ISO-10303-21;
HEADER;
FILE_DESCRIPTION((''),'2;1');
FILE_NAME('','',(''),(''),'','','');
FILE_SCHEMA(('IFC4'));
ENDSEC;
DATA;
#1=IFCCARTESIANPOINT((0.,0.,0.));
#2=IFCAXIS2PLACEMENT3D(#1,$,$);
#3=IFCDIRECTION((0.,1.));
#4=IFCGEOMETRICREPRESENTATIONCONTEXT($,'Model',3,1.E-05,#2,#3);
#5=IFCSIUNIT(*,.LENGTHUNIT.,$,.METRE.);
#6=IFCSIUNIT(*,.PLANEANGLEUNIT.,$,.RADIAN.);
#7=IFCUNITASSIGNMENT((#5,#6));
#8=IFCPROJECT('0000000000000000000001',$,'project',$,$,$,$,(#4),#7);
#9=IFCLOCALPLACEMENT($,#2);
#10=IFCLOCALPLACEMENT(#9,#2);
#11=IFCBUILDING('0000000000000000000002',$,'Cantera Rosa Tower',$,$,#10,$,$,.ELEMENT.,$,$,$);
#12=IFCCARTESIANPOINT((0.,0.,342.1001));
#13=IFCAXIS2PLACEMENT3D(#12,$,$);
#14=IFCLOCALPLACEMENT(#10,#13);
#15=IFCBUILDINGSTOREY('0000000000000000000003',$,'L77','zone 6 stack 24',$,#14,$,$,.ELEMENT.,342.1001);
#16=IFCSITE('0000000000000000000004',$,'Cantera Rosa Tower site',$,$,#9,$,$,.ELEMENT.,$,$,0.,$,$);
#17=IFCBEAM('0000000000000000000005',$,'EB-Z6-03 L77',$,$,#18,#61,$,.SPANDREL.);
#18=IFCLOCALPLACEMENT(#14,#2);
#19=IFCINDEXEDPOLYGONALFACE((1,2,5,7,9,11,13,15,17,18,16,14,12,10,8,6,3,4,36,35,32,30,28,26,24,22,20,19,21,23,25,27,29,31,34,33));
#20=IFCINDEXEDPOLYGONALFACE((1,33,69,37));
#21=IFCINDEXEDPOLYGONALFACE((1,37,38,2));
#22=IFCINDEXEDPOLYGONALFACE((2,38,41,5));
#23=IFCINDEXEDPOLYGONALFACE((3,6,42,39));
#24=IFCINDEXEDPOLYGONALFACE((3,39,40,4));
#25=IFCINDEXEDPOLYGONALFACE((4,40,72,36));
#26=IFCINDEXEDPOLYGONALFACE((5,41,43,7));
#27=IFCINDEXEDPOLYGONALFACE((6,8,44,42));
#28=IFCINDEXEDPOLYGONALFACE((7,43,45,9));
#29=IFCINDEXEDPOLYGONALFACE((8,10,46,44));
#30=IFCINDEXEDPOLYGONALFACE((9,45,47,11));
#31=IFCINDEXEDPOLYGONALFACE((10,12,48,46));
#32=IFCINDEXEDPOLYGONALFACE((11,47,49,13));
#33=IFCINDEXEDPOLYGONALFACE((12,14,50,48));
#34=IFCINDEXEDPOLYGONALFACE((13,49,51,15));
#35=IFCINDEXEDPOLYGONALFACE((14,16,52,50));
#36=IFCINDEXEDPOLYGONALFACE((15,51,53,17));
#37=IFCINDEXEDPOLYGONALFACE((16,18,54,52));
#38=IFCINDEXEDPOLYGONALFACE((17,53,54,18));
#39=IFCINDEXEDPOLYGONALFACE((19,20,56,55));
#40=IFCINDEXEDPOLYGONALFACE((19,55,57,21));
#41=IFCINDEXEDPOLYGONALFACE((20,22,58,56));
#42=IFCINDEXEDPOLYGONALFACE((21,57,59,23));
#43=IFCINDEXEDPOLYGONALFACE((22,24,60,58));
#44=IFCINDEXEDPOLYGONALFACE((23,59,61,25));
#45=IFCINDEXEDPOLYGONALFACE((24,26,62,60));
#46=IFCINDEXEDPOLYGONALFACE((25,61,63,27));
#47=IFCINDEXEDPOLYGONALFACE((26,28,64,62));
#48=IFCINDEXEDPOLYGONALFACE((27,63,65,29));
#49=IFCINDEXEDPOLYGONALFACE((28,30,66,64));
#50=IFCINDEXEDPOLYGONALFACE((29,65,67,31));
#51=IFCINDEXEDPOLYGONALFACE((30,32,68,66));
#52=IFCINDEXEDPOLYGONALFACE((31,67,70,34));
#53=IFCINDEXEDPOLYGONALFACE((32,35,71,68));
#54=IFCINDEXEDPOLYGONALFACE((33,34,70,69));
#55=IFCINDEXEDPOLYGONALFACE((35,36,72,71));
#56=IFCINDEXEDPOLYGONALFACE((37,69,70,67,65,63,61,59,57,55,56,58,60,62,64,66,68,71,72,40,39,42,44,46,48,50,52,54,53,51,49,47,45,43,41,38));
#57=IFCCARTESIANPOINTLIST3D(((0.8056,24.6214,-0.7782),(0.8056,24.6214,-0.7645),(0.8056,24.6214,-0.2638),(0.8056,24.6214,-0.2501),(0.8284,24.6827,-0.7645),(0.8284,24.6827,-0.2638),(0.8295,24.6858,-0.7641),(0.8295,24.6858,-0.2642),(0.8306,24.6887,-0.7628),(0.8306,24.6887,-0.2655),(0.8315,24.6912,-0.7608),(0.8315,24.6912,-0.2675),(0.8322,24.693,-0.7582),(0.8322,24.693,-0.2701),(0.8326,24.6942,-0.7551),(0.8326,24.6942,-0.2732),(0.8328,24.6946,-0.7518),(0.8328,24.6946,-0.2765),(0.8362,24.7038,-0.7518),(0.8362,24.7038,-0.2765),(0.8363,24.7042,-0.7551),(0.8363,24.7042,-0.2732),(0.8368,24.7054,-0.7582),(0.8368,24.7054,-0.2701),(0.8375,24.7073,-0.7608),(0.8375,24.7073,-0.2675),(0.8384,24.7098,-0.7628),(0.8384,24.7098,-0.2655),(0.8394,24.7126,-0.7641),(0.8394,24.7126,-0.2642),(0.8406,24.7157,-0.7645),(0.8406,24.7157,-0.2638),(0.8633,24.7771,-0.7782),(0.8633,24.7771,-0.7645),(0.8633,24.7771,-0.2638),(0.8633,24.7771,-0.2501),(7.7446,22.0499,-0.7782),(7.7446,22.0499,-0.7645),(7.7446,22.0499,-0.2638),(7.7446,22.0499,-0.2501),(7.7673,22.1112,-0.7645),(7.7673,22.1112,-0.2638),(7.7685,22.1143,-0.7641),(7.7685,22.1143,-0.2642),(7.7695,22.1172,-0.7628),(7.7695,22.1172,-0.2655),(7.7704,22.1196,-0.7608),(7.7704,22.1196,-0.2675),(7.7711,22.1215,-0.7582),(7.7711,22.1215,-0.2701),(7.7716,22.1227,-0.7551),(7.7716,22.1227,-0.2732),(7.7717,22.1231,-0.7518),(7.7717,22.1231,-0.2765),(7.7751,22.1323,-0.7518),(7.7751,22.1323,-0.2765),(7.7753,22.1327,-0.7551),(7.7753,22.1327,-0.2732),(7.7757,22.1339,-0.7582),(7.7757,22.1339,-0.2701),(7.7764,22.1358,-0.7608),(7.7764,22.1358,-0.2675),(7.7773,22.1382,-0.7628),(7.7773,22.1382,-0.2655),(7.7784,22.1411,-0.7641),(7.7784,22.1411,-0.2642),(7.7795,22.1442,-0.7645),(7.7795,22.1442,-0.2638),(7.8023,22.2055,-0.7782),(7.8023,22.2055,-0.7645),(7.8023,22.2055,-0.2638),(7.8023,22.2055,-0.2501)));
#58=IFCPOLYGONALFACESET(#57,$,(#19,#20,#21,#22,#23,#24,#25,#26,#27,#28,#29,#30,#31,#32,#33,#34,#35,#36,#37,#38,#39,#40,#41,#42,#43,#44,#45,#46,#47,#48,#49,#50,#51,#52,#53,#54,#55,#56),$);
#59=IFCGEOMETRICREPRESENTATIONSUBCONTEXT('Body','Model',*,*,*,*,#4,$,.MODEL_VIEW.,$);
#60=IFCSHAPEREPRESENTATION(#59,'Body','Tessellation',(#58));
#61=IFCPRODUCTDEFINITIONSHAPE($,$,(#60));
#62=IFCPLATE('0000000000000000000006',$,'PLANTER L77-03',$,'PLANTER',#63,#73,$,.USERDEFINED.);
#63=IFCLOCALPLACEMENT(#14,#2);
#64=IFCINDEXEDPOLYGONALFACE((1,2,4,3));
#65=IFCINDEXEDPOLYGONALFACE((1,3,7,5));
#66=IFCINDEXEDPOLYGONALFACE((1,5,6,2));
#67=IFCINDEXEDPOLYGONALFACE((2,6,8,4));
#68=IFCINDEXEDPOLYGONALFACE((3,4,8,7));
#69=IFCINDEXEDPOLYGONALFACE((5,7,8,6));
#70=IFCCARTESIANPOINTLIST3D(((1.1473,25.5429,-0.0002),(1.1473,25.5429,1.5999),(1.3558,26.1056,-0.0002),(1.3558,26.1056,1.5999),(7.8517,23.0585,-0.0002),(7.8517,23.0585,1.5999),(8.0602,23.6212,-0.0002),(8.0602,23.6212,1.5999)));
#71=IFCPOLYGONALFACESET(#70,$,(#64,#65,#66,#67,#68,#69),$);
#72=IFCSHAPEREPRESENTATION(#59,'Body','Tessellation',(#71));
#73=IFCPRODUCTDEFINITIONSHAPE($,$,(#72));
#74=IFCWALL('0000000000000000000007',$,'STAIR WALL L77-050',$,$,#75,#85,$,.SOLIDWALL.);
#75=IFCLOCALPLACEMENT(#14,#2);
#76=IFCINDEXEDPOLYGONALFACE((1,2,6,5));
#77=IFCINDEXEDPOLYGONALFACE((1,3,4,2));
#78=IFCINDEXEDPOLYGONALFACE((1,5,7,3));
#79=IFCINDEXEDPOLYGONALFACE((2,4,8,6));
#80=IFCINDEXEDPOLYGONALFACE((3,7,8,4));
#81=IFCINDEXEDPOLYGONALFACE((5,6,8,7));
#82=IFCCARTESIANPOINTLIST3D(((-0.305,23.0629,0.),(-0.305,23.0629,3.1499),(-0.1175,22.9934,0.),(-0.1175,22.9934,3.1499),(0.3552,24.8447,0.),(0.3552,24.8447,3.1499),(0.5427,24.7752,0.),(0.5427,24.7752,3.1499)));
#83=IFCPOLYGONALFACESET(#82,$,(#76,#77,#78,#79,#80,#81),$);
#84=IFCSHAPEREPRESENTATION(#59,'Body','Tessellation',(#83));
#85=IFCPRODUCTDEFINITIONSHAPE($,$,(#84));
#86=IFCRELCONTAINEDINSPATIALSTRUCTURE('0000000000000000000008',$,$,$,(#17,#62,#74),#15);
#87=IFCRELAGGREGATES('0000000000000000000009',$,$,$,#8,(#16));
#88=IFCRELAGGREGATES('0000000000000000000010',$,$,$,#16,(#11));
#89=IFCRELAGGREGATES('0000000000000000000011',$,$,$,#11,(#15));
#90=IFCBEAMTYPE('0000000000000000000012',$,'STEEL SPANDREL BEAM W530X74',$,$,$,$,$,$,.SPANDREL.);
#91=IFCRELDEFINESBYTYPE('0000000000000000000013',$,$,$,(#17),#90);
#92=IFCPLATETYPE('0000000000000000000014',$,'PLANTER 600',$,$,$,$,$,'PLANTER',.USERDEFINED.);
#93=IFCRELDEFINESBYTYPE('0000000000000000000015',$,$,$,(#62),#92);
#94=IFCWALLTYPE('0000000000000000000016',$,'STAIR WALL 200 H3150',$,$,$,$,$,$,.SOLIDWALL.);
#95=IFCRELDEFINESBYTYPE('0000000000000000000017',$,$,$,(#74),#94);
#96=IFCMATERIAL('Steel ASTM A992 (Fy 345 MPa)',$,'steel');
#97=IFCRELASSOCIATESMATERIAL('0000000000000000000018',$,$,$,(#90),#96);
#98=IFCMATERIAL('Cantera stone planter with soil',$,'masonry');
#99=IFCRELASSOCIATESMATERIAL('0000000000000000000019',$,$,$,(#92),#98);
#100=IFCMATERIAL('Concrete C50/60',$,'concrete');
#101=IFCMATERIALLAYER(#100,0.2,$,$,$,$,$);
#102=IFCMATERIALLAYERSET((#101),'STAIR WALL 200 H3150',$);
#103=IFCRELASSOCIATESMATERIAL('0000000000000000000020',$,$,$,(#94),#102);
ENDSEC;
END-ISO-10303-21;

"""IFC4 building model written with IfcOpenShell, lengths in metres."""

from ifc_helpers import new_model, si_unit, direction, frame, frame_2d, origin, origin_2d, place, context, subcontext, project, spatial, rectangle, i_section, extrude, material, layer, layer_set, material_profile, profile_set, type_object, element, save


model = new_model("IFC4")

# Units and contexts
model_context = context("Model", 3, precision=1e-05, world=origin(), true_north=direction((0.0, 1.0)))
body_context = subcontext(model_context, "Body", "Model", "MODEL_VIEW")
ifc_project = project(units=[si_unit("LENGTHUNIT", "METRE"), si_unit("PLANEANGLEUNIT", "RADIAN")], contexts=[model_context])

# Site, building, storey
site_placement = place(None, origin())
site = spatial("IfcSite", under=ifc_project, at=site_placement, Name="Cantera Rosa Tower site", CompositionType="ELEMENT", RefElevation=0.0)
building_placement = place(site_placement, origin())
building = spatial("IfcBuilding", under=site, at=building_placement, Name="Cantera Rosa Tower", CompositionType="ELEMENT")
storey_placement = place(building_placement, frame((0.0, 0.0, 342.1001)))
storey = spatial("IfcBuildingStorey", under=building, at=storey_placement, Name="L77", Description="zone 6 stack 24", CompositionType="ELEMENT", Elevation=342.1001)

# Beam
ifc_material_1 = material(Name="Steel ASTM A992 (Fy 345 MPa)", Category="steel")
ifc_material_profile_1 = material_profile(ifc_material_1, i_section(OverallWidth=0.166, OverallDepth=0.5281, WebThickness=0.0098, FlangeThickness=0.0137, FilletRadius=0.0127, at=origin_2d()), Name="W530X74")
ifc_profile_set_1 = profile_set([ifc_material_profile_1], Name="Steel ASTM A992 (Fy 345 MPa)")
beam_type_1 = type_object("IfcBeamType", Name="STEEL SPANDREL BEAM W530X74", PredefinedType="SPANDREL", material=ifc_profile_set_1)
beam_1_placement = place(storey_placement, frame((7.7734, 22.1277, -0.5142), z_axis=(-0.937681, 0.347498, 0.0), x_axis=(-0.347498, -0.937681, 0.0)))
element("IfcBeam", 1, at=beam_1_placement, inside=storey, type_object=beam_type_1, Name="EB-Z6-03 L77", PredefinedType="SPANDREL", context=body_context, shape_type="SweptSolid", body=[
    extrude(i_section(OverallWidth=0.166, OverallDepth=0.5281, WebThickness=0.0098, FlangeThickness=0.0137, FilletRadius=0.0127, at=origin_2d()), origin(), (0.0, 0.0, 1.0), 7.4001),
])

# Plate
ifc_material_2 = material(Name="Cantera stone planter with soil", Category="masonry")
plate_type = type_object("IfcPlateType", Name="PLANTER 600", ElementType="PLANTER", PredefinedType="USERDEFINED", material=ifc_material_2)
plate_placement = place(storey_placement, frame((4.6038, 24.582, -0.0002), z_axis=(0.0, 0.0, 1.0), x_axis=(-0.937687, 0.347481, 0.0)))
element("IfcPlate", 2, at=plate_placement, inside=storey, type_object=plate_type, Name="PLANTER L77-03", ObjectType="PLANTER", PredefinedType="USERDEFINED", context=body_context, shape_type="SweptSolid", body=[
    extrude(rectangle(XDim=7.1499, YDim=0.6001, at=origin_2d()), origin(), (0.0, 0.0, 1.0), 1.6001),
])

# Wall
ifc_material_3 = material(Name="Concrete C50/60", Category="concrete")
ifc_layer_1 = layer(ifc_material_3, 0.2)
ifc_layer_set_1 = layer_set([ifc_layer_1], Name="STAIR WALL 200 H3150")
wall_type_1 = type_object("IfcWallType", Name="STAIR WALL 200 H3150", PredefinedType="SOLIDWALL", material=ifc_layer_set_1)
wall_1_placement = place(storey_placement, frame((0.449, 24.8101, 0.0), z_axis=(0.0, 0.0, 1.0), x_axis=(-0.347432, -0.937705, 0.0)))
element("IfcWall", 3, at=wall_1_placement, inside=storey, type_object=wall_type_1, Name="STAIR WALL L77-050", PredefinedType="SOLIDWALL", context=body_context, shape_type="SweptSolid", body=[
    extrude(rectangle(XDim=1.9001, YDim=0.2, at=frame_2d((0.9502, 0.0))), origin(), (0.0, 0.0, 1.0), 3.1499),
])

save(model, "model.ifc")
